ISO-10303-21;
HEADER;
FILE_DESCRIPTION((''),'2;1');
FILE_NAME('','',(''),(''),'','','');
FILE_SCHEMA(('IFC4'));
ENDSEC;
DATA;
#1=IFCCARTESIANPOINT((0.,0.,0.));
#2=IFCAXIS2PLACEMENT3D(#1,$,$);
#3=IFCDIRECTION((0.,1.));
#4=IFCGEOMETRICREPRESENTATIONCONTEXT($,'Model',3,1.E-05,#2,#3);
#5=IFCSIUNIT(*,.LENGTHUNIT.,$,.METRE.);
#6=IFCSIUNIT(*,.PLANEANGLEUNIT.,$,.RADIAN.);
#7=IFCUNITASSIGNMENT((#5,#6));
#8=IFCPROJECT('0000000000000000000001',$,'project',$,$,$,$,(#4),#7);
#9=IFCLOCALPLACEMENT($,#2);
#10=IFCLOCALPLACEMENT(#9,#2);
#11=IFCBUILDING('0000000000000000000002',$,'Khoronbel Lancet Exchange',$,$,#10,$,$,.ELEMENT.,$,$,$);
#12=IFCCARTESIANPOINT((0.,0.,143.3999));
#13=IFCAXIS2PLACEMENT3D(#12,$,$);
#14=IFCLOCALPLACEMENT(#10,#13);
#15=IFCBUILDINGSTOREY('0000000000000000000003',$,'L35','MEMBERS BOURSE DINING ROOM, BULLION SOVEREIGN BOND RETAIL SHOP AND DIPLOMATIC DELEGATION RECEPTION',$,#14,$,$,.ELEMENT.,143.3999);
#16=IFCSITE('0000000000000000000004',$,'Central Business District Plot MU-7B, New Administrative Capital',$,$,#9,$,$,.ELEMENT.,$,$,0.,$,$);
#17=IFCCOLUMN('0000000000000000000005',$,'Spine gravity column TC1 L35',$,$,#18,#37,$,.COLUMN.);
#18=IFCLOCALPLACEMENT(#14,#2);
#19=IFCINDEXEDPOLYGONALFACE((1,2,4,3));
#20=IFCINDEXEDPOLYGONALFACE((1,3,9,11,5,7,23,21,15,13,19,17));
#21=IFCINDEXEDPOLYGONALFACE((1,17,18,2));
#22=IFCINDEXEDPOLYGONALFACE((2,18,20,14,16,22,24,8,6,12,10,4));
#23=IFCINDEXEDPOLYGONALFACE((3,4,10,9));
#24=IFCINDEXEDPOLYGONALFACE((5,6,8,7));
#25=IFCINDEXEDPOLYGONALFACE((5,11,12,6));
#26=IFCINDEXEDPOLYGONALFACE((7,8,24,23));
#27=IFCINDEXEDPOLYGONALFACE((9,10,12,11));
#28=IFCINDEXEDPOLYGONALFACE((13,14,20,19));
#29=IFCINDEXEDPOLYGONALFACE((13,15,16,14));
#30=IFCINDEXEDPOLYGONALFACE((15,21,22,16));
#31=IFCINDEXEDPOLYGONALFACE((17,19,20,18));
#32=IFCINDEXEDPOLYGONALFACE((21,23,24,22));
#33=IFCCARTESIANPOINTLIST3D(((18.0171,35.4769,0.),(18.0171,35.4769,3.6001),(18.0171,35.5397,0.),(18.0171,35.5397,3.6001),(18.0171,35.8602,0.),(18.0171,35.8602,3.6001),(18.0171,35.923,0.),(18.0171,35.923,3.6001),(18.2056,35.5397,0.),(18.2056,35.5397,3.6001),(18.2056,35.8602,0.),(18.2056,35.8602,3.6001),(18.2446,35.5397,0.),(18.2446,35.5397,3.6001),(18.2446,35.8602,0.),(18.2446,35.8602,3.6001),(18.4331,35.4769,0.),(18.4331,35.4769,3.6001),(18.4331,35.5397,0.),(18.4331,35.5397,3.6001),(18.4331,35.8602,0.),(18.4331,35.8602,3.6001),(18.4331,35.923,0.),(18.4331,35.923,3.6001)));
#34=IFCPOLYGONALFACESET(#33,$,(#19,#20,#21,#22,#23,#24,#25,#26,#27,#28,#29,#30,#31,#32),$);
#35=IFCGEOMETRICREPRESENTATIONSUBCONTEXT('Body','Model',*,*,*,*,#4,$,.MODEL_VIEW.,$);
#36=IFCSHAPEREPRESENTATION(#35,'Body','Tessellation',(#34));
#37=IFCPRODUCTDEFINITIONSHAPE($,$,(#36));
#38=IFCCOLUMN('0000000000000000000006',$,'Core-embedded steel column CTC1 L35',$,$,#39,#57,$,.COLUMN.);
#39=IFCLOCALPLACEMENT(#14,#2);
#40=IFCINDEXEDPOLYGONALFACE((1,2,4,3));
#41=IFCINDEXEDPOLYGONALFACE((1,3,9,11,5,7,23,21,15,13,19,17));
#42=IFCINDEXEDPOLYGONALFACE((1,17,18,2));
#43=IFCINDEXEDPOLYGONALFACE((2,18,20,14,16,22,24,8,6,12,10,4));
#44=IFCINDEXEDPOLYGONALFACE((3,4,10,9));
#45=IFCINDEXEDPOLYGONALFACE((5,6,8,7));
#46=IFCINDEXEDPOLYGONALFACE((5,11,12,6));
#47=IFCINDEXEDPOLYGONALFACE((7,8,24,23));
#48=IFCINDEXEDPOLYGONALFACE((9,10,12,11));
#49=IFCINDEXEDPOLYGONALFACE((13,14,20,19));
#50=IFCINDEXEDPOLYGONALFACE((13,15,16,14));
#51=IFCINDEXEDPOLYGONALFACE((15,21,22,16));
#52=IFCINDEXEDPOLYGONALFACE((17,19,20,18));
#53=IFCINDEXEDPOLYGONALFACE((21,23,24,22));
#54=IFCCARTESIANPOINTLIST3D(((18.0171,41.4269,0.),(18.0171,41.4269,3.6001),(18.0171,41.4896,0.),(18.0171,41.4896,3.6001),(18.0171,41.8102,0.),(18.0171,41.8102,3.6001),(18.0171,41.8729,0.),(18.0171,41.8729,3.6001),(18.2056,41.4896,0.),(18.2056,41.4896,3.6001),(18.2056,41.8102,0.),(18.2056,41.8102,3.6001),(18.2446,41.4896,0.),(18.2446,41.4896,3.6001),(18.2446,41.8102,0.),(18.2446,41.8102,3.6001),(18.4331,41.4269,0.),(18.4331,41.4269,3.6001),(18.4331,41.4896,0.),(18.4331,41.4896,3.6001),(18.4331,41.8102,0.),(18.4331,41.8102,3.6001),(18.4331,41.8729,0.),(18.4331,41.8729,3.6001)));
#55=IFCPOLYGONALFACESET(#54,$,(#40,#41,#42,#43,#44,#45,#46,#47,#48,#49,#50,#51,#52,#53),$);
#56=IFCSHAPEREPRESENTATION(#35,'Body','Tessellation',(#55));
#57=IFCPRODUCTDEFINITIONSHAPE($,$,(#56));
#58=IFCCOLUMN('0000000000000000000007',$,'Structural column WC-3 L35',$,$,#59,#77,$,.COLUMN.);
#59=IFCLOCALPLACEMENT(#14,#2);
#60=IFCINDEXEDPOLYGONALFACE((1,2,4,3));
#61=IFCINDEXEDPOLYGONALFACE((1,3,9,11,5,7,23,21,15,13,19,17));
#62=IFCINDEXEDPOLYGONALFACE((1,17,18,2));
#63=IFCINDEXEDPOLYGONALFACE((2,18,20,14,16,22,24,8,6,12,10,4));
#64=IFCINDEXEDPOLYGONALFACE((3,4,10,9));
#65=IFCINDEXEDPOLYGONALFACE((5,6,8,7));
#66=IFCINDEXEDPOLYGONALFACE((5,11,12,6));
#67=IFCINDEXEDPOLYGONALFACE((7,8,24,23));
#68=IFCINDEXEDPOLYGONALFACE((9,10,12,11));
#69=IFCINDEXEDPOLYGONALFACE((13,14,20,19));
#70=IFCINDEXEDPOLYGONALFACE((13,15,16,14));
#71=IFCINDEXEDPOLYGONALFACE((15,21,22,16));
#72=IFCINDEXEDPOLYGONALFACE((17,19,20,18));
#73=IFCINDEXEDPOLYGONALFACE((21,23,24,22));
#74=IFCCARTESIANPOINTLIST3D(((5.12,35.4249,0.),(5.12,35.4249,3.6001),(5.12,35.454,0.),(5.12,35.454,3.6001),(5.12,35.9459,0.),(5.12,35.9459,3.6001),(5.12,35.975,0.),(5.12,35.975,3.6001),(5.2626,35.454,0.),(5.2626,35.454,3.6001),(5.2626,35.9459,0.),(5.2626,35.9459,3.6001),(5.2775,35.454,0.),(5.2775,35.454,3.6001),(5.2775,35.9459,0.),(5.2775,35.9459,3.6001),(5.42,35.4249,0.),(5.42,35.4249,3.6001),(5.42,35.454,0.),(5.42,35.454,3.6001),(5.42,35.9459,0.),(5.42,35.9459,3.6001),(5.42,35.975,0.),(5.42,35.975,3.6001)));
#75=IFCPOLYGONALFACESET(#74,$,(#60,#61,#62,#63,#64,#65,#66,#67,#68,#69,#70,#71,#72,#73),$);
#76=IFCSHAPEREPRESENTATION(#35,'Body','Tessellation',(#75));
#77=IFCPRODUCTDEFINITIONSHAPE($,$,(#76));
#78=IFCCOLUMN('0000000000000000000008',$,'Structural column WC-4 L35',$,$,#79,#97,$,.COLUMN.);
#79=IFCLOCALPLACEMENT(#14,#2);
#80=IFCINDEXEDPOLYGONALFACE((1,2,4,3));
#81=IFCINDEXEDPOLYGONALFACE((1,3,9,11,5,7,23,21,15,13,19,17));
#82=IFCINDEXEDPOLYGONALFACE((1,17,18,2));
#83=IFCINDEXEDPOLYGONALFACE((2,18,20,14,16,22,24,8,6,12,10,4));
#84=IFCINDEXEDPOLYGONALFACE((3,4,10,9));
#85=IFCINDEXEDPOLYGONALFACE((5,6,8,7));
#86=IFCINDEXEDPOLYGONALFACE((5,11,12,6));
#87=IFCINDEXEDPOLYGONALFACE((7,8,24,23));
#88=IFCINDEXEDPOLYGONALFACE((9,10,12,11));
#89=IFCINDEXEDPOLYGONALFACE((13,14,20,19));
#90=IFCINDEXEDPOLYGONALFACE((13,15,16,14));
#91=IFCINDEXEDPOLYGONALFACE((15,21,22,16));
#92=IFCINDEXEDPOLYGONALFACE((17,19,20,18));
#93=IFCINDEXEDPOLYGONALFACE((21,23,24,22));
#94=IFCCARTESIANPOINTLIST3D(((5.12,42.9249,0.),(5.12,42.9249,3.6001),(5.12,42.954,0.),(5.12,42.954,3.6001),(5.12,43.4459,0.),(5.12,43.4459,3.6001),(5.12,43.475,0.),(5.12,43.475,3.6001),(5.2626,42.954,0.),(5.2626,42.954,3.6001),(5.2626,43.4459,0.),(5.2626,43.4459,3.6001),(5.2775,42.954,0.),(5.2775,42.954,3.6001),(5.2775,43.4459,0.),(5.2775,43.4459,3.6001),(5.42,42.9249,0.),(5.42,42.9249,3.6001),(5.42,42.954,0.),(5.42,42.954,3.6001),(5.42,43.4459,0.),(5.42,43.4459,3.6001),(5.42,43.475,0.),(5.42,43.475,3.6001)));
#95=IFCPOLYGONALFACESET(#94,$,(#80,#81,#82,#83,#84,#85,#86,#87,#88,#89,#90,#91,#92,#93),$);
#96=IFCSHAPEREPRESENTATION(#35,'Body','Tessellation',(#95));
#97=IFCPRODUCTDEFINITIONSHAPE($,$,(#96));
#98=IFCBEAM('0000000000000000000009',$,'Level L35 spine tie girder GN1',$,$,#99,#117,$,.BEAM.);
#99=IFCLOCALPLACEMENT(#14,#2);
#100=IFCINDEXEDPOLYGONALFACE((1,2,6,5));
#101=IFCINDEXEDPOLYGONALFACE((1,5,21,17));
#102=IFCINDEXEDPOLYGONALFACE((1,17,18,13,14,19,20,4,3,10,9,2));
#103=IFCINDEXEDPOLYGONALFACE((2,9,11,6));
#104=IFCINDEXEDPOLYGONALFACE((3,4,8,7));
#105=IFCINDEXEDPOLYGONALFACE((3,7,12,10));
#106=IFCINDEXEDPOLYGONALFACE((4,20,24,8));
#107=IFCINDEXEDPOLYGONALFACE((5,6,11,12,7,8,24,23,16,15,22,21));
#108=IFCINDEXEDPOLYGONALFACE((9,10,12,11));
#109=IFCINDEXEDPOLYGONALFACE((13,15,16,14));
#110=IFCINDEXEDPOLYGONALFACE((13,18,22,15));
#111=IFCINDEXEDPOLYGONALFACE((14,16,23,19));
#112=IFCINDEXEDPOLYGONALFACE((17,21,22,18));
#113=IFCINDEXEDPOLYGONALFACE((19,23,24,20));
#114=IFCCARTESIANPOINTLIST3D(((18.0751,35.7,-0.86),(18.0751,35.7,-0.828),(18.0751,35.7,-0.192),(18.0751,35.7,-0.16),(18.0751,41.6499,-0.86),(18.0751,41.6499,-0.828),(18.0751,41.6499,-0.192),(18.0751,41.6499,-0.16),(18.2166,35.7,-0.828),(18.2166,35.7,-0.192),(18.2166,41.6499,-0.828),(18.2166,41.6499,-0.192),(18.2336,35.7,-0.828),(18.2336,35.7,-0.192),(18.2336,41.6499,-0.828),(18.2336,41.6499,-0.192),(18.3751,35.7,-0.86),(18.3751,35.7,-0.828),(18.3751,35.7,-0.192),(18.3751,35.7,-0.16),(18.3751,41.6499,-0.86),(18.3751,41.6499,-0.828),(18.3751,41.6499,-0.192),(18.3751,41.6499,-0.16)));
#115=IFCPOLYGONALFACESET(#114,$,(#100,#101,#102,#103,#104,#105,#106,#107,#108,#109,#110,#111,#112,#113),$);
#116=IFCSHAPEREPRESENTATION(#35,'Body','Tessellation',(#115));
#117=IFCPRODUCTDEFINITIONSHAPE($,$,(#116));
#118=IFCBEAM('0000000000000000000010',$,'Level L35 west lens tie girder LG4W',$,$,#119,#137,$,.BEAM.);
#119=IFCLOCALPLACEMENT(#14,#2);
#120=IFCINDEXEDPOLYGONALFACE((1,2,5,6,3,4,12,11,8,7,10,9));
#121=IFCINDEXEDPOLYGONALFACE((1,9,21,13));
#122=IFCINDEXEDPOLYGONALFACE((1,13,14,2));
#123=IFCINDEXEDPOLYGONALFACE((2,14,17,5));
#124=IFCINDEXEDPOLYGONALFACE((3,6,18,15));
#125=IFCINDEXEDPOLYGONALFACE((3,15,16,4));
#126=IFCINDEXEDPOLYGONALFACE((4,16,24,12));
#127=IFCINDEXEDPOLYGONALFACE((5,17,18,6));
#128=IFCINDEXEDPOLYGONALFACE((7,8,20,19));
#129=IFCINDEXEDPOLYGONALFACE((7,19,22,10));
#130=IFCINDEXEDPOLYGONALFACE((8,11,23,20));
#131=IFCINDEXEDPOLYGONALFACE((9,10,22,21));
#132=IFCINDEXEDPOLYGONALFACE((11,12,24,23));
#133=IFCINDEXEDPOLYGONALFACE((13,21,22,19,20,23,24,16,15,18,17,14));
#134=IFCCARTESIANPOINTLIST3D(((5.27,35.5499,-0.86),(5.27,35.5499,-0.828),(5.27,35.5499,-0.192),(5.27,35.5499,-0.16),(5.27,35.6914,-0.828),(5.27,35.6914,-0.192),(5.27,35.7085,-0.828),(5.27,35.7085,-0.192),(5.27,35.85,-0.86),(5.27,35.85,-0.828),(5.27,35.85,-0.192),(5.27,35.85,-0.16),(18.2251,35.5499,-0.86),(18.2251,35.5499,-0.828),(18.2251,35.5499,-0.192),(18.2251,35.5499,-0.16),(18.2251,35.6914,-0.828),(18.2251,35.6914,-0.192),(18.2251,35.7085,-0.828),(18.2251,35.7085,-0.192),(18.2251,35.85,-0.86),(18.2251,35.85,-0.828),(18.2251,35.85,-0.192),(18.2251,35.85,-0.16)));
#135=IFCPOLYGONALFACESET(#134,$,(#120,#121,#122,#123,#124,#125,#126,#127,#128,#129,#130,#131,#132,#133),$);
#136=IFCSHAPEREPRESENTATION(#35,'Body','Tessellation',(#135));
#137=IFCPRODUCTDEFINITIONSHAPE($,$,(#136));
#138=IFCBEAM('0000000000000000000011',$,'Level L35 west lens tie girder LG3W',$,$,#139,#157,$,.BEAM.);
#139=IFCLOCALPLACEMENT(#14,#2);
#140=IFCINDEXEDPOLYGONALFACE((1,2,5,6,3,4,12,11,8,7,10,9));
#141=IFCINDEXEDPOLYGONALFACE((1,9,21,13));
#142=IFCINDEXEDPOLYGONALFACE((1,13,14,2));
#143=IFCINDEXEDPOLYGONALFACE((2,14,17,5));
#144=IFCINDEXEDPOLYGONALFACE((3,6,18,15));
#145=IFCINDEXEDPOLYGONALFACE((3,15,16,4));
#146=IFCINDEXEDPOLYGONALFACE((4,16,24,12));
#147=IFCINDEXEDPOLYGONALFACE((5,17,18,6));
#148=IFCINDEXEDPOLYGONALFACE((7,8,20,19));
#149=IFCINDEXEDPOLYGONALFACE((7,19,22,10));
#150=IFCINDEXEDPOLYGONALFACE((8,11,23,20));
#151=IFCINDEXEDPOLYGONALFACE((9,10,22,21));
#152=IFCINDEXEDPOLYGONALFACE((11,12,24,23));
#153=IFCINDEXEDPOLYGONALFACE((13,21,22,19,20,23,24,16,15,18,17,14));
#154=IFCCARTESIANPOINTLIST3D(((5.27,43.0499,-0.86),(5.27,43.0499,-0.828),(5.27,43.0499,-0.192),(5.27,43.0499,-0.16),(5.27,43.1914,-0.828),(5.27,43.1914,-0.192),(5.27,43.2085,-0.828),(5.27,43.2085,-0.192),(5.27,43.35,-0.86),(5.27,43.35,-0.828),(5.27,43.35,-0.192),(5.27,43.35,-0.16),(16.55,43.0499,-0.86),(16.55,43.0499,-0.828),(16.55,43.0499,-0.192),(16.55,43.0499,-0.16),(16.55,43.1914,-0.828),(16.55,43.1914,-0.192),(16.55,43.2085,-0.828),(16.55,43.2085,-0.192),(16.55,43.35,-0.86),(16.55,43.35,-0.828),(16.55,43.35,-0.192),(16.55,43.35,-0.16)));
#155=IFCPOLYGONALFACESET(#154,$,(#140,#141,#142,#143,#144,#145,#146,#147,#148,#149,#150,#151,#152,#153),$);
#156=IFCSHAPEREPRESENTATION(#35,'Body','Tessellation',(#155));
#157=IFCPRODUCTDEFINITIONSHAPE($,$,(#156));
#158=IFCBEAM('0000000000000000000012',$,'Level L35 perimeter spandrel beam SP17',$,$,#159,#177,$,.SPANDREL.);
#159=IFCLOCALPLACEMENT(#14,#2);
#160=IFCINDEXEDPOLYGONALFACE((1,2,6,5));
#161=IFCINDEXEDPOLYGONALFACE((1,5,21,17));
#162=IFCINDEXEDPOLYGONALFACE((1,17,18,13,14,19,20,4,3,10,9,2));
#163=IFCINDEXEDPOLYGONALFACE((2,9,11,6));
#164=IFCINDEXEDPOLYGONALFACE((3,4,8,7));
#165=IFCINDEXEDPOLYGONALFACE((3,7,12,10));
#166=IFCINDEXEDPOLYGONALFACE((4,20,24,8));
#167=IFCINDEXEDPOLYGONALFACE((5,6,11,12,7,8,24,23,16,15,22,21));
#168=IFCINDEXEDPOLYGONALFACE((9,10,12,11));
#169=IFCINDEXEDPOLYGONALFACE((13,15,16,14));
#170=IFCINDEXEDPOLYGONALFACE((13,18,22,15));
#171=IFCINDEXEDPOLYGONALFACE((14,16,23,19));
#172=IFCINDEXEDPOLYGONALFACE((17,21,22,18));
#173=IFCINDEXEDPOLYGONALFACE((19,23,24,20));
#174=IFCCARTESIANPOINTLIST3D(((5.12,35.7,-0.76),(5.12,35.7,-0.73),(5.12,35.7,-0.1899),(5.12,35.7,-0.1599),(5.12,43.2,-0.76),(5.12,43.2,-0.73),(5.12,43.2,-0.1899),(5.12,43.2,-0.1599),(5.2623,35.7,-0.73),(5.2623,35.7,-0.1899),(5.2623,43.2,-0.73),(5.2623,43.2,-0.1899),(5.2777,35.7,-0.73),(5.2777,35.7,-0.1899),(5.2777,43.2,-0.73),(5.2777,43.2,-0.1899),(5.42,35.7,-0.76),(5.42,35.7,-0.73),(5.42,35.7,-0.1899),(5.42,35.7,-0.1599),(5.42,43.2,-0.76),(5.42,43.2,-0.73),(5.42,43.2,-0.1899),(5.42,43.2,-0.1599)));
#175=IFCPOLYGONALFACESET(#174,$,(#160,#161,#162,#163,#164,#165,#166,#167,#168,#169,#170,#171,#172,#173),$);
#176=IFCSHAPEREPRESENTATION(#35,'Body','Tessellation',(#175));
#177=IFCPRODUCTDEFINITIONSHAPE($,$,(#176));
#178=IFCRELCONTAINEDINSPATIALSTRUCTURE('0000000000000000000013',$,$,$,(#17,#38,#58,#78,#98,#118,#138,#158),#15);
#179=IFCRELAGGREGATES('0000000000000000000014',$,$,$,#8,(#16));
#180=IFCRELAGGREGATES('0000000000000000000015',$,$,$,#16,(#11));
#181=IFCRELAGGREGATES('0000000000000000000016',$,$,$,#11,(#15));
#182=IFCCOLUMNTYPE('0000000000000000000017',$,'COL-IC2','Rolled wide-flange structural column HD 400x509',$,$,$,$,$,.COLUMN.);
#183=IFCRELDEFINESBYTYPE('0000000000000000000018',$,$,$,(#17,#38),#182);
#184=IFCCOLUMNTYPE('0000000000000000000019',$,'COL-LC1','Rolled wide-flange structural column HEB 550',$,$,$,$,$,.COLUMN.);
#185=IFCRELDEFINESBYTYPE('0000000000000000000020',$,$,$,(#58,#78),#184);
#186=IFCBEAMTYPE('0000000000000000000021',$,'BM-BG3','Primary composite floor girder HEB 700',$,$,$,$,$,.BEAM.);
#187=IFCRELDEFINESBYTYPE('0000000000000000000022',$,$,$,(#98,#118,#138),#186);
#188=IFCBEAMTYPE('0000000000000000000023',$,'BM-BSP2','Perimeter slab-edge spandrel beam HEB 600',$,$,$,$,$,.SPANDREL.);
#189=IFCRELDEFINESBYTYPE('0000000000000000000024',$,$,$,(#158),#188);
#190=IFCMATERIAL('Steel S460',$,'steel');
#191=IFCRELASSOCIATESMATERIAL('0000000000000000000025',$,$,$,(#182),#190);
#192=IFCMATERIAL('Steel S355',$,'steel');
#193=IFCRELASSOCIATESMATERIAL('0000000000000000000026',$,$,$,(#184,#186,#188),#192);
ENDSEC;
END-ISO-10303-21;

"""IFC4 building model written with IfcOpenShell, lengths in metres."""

from ifc_helpers import new_model, si_unit, direction, frame, origin, origin_2d, place, context, subcontext, project, spatial, i_section, extrude, material, material_profile, profile_set, type_object, element, save


model = new_model("IFC4")

# Units and contexts
model_context = context("Model", 3, precision=1e-05, world=origin(), true_north=direction((0.0, 1.0)))
body_context = subcontext(model_context, "Body", "Model", "MODEL_VIEW")
ifc_project = project(units=[si_unit("LENGTHUNIT", "METRE"), si_unit("PLANEANGLEUNIT", "RADIAN")], contexts=[model_context])

# Site, building, storey
site_placement = place(None, origin())
site = spatial("IfcSite", under=ifc_project, at=site_placement, Name="Central Business District Plot MU-7B, New Administrative Capital", CompositionType="ELEMENT", RefElevation=0.0)
building_placement = place(site_placement, origin())
building = spatial("IfcBuilding", under=site, at=building_placement, Name="Khoronbel Lancet Exchange", CompositionType="ELEMENT")
storey_placement = place(building_placement, frame((0.0, 0.0, 143.3999)))
storey = spatial("IfcBuildingStorey", under=building, at=storey_placement, Name="L35", Description="MEMBERS BOURSE DINING ROOM, BULLION SOVEREIGN BOND RETAIL SHOP AND DIPLOMATIC DELEGATION RECEPTION", CompositionType="ELEMENT", Elevation=143.3999)

# Columns
ifc_material_1 = material(Name="Steel S460", Category="steel")
ifc_material_profile_1 = material_profile(ifc_material_1, i_section(OverallWidth=0.416, OverallDepth=0.446, WebThickness=0.0391, FlangeThickness=0.0627, at=origin_2d()), Name="HD 400x509")
ifc_profile_set_1 = profile_set([ifc_material_profile_1], Name="Steel S460")
column_type_1 = type_object("IfcColumnType", Name="COL-IC2", Description="Rolled wide-flange structural column HD 400x509", PredefinedType="COLUMN", material=ifc_profile_set_1)
for number, where, z_axis, x_axis, name in (
    (1, (18.2251, 35.7, 0.0), (0.0, 0.0, 1.0), (1.0, 0.0, 0.0), "Spine gravity column TC1 L35"),
    (2, (18.2251, 41.6499, 0.0), (0.0, 0.0, 1.0), (1.0, 0.0, 0.0), "Core-embedded steel column CTC1 L35"),
):
    element("IfcColumn", number, at=place(storey_placement, frame(where, z_axis=z_axis, x_axis=x_axis)), inside=storey, type_object=column_type_1, Name=name, PredefinedType="COLUMN", context=body_context, shape_type="SweptSolid", body=[
        extrude(i_section(OverallWidth=0.416, OverallDepth=0.446, WebThickness=0.0391, FlangeThickness=0.0627, at=origin_2d()), origin(), (0.0, 0.0, 1.0), 3.6001),
    ])
ifc_material_2 = material(Name="Steel S355", Category="steel")
ifc_material_profile_2 = material_profile(ifc_material_2, i_section(OverallWidth=0.3, OverallDepth=0.55, WebThickness=0.0149, FlangeThickness=0.0291, at=origin_2d()), Name="HEB 550")
ifc_profile_set_2 = profile_set([ifc_material_profile_2], Name="Steel S355")
column_type_2 = type_object("IfcColumnType", Name="COL-LC1", Description="Rolled wide-flange structural column HEB 550", PredefinedType="COLUMN", material=ifc_profile_set_2)
for number, where, z_axis, x_axis, name in (
    (3, (5.27, 35.7, 0.0), (0.0, 0.0, 1.0), (1.0, 0.0, 0.0), "Structural column WC-3 L35"),
    (4, (5.27, 43.2, 0.0), (0.0, 0.0, 1.0), (1.0, 0.0, 0.0), "Structural column WC-4 L35"),
):
    element("IfcColumn", number, at=place(storey_placement, frame(where, z_axis=z_axis, x_axis=x_axis)), inside=storey, type_object=column_type_2, Name=name, PredefinedType="COLUMN", context=body_context, shape_type="SweptSolid", body=[
        extrude(i_section(OverallWidth=0.3, OverallDepth=0.55, WebThickness=0.0149, FlangeThickness=0.0291, at=origin_2d()), origin(), (0.0, 0.0, 1.0), 3.6001),
    ])

# Beams
ifc_material_profile_3 = material_profile(ifc_material_2, i_section(OverallWidth=0.3, OverallDepth=0.7, WebThickness=0.0171, FlangeThickness=0.032, at=origin_2d()), Name="HEB 700")
ifc_profile_set_3 = profile_set([ifc_material_profile_3], Name="Steel S355")
beam_type_1 = type_object("IfcBeamType", Name="BM-BG3", Description="Primary composite floor girder HEB 700", PredefinedType="BEAM", material=ifc_profile_set_3)
beam_1_placement = place(storey_placement, frame((18.2251, 35.7, -0.51), z_axis=(0.0, 1.0, 0.0), x_axis=(-1.0, 0.0, 0.0)))
element("IfcBeam", 5, at=beam_1_placement, inside=storey, type_object=beam_type_1, Name="Level L35 spine tie girder GN1", PredefinedType="BEAM", context=body_context, shape_type="SweptSolid", body=[
    extrude(i_section(OverallWidth=0.3, OverallDepth=0.7, WebThickness=0.0171, FlangeThickness=0.032, at=origin_2d()), origin(), (0.0, 0.0, 1.0), 5.95),
])
beam_2_placement = place(storey_placement, frame((5.27, 35.7, -0.51), z_axis=(1.0, 0.0, 0.0), x_axis=(0.0, 1.0, 0.0)))
element("IfcBeam", 6, at=beam_2_placement, inside=storey, type_object=beam_type_1, Name="Level L35 west lens tie girder LG4W", PredefinedType="BEAM", context=body_context, shape_type="SweptSolid", body=[
    extrude(i_section(OverallWidth=0.3, OverallDepth=0.7, WebThickness=0.0171, FlangeThickness=0.032, at=origin_2d()), origin(), (0.0, 0.0, 1.0), 12.9551),
])
beam_3_placement = place(storey_placement, frame((5.27, 43.2, -0.51), z_axis=(1.0, 0.0, 0.0), x_axis=(0.0, 1.0, 0.0)))
element("IfcBeam", 7, at=beam_3_placement, inside=storey, type_object=beam_type_1, Name="Level L35 west lens tie girder LG3W", PredefinedType="BEAM", context=body_context, shape_type="SweptSolid", body=[
    extrude(i_section(OverallWidth=0.3, OverallDepth=0.7, WebThickness=0.0171, FlangeThickness=0.032, at=origin_2d()), origin(), (0.0, 0.0, 1.0), 11.28),
])
ifc_material_profile_4 = material_profile(ifc_material_2, i_section(OverallWidth=0.3, OverallDepth=0.6001, WebThickness=0.0154, FlangeThickness=0.03, at=origin_2d()), Name="HEB 600")
ifc_profile_set_4 = profile_set([ifc_material_profile_4], Name="Steel S355")
beam_type_2 = type_object("IfcBeamType", Name="BM-BSP2", Description="Perimeter slab-edge spandrel beam HEB 600", PredefinedType="SPANDREL", material=ifc_profile_set_4)
beam_4_placement = place(storey_placement, frame((5.27, 43.2, -0.46), z_axis=(0.0, -1.0, 0.0), x_axis=(1.0, 0.0, 0.0)))
element("IfcBeam", 8, at=beam_4_placement, inside=storey, type_object=beam_type_2, Name="Level L35 perimeter spandrel beam SP17", PredefinedType="SPANDREL", context=body_context, shape_type="SweptSolid", body=[
    extrude(i_section(OverallWidth=0.3, OverallDepth=0.6001, WebThickness=0.0154, FlangeThickness=0.03, at=origin_2d()), origin(), (0.0, 0.0, 1.0), 7.5),
])

save(model, "model.ifc")
